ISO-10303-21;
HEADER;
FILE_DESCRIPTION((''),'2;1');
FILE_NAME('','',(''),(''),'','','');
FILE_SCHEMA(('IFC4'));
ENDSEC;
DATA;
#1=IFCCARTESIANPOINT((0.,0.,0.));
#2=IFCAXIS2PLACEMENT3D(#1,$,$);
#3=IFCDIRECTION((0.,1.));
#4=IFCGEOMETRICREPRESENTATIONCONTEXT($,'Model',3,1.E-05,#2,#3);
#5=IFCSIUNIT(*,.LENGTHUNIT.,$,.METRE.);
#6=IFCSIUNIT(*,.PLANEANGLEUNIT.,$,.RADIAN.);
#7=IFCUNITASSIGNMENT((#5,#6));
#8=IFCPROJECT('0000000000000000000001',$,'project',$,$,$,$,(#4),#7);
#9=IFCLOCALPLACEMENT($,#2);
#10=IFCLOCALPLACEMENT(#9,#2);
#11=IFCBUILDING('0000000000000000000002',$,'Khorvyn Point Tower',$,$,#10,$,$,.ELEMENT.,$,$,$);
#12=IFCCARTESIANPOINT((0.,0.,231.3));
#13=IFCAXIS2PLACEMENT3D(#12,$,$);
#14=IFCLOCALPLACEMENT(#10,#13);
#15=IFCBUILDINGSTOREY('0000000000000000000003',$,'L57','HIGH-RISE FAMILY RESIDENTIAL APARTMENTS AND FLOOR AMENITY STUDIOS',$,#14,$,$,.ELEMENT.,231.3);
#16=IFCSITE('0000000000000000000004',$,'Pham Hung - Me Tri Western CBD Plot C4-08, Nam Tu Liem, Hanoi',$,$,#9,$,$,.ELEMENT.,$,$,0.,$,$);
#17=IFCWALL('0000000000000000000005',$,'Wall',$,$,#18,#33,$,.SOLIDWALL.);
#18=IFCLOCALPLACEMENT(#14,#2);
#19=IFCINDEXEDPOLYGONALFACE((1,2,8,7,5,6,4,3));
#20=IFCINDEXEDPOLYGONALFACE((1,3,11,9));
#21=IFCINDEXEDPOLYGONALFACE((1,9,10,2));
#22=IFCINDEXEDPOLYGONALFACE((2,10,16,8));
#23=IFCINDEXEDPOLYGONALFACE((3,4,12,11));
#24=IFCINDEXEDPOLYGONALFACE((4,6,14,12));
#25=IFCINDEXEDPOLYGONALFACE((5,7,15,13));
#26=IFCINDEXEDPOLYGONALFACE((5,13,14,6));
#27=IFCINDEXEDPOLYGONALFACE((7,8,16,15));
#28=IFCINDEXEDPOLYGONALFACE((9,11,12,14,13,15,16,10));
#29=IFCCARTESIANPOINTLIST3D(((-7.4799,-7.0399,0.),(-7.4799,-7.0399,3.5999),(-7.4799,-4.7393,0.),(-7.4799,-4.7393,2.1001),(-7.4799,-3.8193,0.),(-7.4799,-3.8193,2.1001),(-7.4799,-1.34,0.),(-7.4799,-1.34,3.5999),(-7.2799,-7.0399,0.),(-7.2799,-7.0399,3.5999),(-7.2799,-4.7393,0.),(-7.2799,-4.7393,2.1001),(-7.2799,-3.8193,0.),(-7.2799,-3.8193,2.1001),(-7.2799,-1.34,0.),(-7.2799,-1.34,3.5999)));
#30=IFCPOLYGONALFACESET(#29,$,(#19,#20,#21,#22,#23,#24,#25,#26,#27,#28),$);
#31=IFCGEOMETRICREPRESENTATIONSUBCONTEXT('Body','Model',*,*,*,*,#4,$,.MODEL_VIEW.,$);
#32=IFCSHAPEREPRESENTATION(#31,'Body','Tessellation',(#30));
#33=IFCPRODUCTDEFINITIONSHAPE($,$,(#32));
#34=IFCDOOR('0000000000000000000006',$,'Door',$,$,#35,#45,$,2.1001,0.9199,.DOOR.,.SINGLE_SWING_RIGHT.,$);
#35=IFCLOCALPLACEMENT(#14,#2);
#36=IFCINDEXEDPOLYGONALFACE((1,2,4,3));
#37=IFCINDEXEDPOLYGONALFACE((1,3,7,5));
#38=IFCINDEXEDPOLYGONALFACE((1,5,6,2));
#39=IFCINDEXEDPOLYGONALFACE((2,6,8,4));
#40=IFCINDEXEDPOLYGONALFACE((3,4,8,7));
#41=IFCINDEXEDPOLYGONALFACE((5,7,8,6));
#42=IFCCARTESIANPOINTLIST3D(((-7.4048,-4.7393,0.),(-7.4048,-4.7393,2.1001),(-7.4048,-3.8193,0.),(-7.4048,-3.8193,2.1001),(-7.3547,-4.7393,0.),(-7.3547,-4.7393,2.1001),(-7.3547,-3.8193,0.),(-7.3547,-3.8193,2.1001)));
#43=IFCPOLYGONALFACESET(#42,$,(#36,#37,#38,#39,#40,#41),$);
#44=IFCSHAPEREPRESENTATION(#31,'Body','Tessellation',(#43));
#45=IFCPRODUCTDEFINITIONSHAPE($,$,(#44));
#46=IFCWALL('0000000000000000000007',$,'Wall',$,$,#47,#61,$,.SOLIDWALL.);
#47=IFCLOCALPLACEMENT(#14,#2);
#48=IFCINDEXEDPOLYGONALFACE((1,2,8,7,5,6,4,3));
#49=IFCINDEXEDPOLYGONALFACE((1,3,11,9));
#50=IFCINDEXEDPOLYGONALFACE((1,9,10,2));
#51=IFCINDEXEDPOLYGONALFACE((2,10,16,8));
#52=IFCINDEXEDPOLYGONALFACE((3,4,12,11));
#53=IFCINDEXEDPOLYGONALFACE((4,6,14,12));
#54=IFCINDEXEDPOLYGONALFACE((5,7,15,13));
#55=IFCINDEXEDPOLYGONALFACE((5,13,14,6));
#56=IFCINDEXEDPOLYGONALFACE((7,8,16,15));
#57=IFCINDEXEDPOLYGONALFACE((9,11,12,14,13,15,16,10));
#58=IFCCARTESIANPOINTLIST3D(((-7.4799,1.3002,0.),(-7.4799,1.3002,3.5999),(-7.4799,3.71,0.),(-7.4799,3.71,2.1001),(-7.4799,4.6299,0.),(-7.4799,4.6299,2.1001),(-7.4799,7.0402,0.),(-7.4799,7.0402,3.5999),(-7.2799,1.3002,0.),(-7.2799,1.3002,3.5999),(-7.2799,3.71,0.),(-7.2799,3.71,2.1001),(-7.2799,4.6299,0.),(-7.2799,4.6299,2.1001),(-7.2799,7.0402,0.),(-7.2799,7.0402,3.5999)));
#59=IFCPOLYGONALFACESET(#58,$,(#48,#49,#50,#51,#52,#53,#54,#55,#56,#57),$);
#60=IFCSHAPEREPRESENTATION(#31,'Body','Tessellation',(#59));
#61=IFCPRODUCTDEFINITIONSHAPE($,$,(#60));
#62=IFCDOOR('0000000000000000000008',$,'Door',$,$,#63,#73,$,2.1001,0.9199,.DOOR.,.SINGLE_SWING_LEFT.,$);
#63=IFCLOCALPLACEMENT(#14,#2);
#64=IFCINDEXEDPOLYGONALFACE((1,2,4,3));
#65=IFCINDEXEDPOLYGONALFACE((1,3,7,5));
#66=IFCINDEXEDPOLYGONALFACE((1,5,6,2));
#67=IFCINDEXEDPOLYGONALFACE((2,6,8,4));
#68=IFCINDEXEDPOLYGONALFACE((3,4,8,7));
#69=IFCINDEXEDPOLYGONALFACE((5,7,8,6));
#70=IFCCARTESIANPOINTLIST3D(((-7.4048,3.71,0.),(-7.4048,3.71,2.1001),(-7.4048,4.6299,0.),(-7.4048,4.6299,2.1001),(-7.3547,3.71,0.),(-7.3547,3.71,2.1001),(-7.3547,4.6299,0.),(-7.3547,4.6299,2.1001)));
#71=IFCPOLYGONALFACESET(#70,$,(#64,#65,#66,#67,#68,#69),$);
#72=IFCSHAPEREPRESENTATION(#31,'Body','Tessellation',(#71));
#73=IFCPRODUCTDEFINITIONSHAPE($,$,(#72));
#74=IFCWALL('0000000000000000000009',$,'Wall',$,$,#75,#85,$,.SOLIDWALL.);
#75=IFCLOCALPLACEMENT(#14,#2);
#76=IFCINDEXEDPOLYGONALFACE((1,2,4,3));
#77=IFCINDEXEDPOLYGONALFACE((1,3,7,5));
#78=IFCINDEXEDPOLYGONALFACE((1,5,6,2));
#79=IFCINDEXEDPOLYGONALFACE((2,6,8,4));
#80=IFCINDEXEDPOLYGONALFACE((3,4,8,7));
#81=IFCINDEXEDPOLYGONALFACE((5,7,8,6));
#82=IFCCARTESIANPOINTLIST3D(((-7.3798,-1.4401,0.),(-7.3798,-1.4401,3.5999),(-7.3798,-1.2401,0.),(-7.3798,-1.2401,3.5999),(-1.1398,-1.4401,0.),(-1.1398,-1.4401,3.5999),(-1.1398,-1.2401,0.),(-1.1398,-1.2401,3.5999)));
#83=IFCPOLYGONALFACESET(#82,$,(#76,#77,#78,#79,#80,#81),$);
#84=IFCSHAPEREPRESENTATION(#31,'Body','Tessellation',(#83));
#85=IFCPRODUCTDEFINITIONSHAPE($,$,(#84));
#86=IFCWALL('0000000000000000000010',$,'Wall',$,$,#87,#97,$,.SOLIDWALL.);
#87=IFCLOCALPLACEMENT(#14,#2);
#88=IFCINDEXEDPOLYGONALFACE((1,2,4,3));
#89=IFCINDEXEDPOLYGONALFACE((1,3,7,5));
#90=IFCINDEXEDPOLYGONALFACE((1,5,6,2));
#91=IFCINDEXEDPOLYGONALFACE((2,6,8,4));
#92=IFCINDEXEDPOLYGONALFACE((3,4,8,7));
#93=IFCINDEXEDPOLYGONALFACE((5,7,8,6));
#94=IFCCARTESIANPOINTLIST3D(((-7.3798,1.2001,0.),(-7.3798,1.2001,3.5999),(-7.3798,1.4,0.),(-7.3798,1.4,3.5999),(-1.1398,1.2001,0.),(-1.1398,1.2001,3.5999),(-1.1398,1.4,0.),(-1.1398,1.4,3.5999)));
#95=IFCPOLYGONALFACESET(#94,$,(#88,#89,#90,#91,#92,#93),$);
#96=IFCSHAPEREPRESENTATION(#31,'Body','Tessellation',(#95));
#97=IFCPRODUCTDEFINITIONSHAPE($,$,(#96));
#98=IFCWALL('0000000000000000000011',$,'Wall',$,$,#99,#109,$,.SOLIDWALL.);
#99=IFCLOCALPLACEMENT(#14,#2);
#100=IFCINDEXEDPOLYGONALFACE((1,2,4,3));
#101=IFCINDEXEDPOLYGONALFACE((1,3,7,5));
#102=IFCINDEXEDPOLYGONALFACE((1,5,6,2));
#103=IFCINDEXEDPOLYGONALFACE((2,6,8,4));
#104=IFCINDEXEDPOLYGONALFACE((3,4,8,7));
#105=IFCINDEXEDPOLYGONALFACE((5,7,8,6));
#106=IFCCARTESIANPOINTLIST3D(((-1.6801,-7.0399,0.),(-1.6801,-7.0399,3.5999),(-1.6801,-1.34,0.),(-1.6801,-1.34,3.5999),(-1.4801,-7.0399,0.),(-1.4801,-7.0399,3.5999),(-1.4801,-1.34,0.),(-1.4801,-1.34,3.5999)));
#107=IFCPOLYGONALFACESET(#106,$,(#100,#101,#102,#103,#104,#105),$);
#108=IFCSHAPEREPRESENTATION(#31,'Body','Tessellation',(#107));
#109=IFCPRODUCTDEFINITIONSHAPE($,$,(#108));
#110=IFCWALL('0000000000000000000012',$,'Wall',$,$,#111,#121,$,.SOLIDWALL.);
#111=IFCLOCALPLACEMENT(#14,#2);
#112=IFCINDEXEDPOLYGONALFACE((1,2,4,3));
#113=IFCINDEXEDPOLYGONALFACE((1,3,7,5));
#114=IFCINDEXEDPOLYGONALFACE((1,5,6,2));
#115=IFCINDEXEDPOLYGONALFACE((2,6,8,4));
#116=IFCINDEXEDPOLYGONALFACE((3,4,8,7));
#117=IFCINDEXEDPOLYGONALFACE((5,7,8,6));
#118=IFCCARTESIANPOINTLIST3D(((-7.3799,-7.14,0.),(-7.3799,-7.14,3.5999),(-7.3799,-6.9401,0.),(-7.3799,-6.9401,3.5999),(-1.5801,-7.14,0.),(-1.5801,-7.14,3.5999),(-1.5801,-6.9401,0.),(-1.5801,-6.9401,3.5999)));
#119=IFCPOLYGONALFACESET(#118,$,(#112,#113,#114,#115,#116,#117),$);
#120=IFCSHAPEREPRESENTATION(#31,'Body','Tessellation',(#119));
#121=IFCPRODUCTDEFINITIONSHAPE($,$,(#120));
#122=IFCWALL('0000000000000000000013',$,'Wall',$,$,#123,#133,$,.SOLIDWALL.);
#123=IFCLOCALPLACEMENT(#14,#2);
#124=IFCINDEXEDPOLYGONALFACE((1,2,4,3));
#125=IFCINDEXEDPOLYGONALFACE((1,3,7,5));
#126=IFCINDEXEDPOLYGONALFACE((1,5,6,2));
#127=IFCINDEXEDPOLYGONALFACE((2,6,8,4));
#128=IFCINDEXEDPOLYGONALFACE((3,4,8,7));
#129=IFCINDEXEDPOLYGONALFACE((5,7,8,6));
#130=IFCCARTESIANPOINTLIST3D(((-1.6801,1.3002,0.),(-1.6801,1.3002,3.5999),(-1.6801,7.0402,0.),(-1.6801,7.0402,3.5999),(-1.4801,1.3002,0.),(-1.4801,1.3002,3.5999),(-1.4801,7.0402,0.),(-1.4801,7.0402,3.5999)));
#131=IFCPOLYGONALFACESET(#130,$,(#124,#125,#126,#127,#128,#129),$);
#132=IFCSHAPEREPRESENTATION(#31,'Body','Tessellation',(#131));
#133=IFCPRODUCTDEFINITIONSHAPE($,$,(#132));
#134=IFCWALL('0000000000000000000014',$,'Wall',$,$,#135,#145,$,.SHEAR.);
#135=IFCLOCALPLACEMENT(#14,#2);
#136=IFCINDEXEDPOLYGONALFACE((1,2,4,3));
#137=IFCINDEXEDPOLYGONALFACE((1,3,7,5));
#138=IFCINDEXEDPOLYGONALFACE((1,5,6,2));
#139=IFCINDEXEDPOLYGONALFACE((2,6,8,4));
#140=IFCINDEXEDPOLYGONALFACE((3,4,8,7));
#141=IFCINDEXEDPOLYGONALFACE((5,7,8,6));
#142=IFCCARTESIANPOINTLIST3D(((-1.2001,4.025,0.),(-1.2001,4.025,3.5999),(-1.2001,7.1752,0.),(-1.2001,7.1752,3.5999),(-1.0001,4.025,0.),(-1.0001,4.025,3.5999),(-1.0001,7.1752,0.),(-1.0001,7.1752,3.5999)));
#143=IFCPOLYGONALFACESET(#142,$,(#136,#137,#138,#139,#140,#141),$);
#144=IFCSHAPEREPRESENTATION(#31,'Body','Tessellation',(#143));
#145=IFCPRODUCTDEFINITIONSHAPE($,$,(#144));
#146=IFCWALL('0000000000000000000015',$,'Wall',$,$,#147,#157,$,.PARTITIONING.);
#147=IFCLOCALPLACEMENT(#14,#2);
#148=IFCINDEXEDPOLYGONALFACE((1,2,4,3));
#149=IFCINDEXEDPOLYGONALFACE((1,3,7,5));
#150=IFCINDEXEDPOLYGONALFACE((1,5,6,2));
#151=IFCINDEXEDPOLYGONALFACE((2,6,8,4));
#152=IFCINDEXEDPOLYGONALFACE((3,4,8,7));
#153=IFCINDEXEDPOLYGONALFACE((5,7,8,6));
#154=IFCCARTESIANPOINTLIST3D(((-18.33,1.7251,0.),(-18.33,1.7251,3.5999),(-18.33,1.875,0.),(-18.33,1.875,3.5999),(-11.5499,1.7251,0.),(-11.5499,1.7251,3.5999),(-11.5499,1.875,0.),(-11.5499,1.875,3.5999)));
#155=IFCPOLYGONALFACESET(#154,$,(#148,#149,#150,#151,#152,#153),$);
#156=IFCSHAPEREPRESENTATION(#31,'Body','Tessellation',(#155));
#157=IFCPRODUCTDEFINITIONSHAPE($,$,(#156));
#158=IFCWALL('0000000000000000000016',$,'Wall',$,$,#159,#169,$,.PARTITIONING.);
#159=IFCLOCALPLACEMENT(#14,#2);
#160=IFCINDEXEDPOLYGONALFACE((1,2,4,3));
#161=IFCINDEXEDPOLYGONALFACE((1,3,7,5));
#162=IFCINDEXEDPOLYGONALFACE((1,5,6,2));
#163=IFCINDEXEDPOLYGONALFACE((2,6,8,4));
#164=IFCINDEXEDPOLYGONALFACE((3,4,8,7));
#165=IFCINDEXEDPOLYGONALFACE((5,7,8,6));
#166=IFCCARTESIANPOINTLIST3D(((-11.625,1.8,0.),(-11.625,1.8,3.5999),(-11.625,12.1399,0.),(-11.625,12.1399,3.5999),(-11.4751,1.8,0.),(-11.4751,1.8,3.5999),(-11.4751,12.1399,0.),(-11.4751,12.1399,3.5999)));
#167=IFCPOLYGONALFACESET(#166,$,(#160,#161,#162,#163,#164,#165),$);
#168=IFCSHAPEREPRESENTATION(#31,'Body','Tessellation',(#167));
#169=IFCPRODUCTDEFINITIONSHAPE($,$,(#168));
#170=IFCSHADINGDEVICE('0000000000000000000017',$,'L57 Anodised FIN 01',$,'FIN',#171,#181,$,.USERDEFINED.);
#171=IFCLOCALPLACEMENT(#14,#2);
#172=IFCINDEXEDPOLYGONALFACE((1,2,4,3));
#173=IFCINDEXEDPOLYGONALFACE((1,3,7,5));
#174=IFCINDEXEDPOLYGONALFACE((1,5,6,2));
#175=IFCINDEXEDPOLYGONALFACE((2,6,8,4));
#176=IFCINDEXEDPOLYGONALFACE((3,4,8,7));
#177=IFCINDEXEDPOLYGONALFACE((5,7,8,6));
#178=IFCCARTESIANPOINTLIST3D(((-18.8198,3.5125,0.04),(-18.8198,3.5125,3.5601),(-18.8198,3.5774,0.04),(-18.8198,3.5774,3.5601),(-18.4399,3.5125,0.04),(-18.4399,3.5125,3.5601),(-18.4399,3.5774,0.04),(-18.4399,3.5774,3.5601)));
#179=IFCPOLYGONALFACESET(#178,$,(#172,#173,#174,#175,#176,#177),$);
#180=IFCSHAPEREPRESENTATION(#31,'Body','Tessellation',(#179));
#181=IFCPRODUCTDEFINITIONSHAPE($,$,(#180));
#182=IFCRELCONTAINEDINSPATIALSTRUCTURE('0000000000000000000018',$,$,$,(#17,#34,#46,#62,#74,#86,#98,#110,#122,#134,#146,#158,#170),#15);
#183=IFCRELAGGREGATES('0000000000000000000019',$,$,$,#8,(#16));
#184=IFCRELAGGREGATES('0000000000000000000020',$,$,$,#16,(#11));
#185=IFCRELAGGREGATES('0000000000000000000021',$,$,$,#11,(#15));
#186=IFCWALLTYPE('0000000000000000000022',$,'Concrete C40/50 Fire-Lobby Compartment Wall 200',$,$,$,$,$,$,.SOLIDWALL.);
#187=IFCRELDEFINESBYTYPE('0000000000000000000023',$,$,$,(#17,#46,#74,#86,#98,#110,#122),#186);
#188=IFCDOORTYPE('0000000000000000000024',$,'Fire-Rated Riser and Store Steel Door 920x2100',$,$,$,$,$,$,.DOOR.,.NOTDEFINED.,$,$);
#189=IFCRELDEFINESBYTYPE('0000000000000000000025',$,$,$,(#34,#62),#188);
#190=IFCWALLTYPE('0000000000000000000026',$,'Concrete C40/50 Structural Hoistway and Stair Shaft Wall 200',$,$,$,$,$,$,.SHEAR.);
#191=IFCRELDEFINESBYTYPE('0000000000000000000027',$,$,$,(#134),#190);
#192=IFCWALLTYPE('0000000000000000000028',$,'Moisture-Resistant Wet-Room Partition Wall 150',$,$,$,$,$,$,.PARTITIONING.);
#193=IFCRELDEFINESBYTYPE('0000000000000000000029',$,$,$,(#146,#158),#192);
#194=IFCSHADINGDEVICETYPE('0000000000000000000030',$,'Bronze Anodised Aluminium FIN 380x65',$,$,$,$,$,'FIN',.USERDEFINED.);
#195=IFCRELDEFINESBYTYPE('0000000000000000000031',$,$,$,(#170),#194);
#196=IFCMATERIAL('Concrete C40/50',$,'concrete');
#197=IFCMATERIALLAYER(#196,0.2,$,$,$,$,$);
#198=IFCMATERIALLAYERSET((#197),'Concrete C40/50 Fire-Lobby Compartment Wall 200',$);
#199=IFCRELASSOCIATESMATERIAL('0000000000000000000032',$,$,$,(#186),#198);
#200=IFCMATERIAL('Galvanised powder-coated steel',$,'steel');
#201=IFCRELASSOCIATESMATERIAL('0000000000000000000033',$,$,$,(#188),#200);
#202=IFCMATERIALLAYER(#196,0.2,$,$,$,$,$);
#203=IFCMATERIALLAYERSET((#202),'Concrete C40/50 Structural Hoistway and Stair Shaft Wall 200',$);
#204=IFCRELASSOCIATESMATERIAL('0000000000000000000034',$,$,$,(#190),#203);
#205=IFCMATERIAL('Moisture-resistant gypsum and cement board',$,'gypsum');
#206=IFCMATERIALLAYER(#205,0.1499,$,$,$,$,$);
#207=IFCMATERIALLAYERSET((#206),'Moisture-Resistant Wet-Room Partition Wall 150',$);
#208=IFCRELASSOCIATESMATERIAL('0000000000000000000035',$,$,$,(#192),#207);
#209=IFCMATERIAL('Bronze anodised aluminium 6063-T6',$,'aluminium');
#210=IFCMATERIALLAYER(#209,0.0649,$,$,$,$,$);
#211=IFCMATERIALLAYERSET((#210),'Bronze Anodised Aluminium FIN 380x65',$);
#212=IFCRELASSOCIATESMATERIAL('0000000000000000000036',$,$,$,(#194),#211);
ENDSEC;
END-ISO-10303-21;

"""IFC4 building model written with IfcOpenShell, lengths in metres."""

from ifc_helpers import new_model, si_unit, direction, frame, frame_2d, origin, origin_2d, place, context, subcontext, project, spatial, rectangle, extrude, material, layer, layer_set, type_object, element, fill, save


model = new_model("IFC4")

# Units and contexts
model_context = context("Model", 3, precision=1e-05, world=origin(), true_north=direction((0.0, 1.0)))
body_context = subcontext(model_context, "Body", "Model", "MODEL_VIEW")
ifc_project = project(units=[si_unit("LENGTHUNIT", "METRE"), si_unit("PLANEANGLEUNIT", "RADIAN")], contexts=[model_context])

# Site, building, storey
site_placement = place(None, origin())
site = spatial("IfcSite", under=ifc_project, at=site_placement, Name="Pham Hung - Me Tri Western CBD Plot C4-08, Nam Tu Liem, Hanoi", CompositionType="ELEMENT", RefElevation=0.0)
building_placement = place(site_placement, origin())
building = spatial("IfcBuilding", under=site, at=building_placement, Name="Khorvyn Point Tower", CompositionType="ELEMENT")
storey_placement = place(building_placement, frame((0.0, 0.0, 231.3)))
storey = spatial("IfcBuildingStorey", under=building, at=storey_placement, Name="L57", Description="HIGH-RISE FAMILY RESIDENTIAL APARTMENTS AND FLOOR AMENITY STUDIOS", CompositionType="ELEMENT", Elevation=231.3)

# Shared definitions
ifc_material_1 = material(Name="Concrete C40/50", Category="concrete")

# Walls, openings, doors
ifc_layer_1 = layer(ifc_material_1, 0.2)
ifc_layer_set_1 = layer_set([ifc_layer_1], Name="Concrete C40/50 Fire-Lobby Compartment Wall 200")
wall_type_1 = type_object("IfcWallType", Name="Concrete C40/50 Fire-Lobby Compartment Wall 200", PredefinedType="SOLIDWALL", material=ifc_layer_set_1)
wall_1_placement = place(storey_placement, frame((-7.3799, -7.04, 0.0), z_axis=(0.0, 0.0, 1.0), x_axis=(0.0, 1.0, 0.0)))
wall_1 = element("IfcWall", 1, at=wall_1_placement, inside=storey, type_object=wall_type_1, Name="Wall", PredefinedType="SOLIDWALL", context=body_context, shape_type="SweptSolid", body=[
    extrude(rectangle(XDim=5.7, YDim=0.2, at=frame_2d((2.8501, 0.0))), origin(), (0.0, 0.0, 1.0), 3.5999),
])
opening_1_placement = place(wall_1_placement, frame((2.3008, 0.0, 0.0)))
opening_1 = element("IfcOpeningElement", 2, at=opening_1_placement, cuts=wall_1, PredefinedType="OPENING", context=body_context, shape_type="SweptSolid", body=[
    extrude(rectangle(XDim=0.9199, YDim=2.1001, at=frame_2d((0.46, 1.05))), frame((0.0, 0.1099, 0.0), z_axis=(0.0, -1.0, 0.0), x_axis=(1.0, 0.0, 0.0)), (0.0, 0.0, 1.0), 0.22),
])
ifc_material_2 = material(Name="Galvanised powder-coated steel", Category="steel")
door_type_1 = type_object("IfcDoorType", Name="Fire-Rated Riser and Store Steel Door 920x2100", OperationType="NOTDEFINED", PredefinedType="DOOR", material=ifc_material_2)
door_1_placement = place(opening_1_placement, origin())
door_1 = element("IfcDoor", 3, at=door_1_placement, inside=storey, type_object=door_type_1, Name="Door", OperationType="SINGLE_SWING_RIGHT", OverallHeight=2.1001, OverallWidth=0.9199, PredefinedType="DOOR", context=body_context, shape_type="SweptSolid", body=[
    extrude(rectangle(XDim=0.9199, YDim=2.1001, at=frame_2d((0.46, 1.05))), frame((0.0, 0.0249, 0.0), z_axis=(0.0, -1.0, 0.0), x_axis=(1.0, 0.0, 0.0)), (0.0, 0.0, 1.0), 0.05),
])
fill(opening_1, door_1)
wall_2_placement = place(storey_placement, frame((-7.3799, 1.3, 0.0), z_axis=(0.0, 0.0, 1.0), x_axis=(0.0, 1.0, 0.0)))
wall_2 = element("IfcWall", 4, at=wall_2_placement, inside=storey, type_object=wall_type_1, Name="Wall", PredefinedType="SOLIDWALL", context=body_context, shape_type="SweptSolid", body=[
    extrude(rectangle(XDim=5.74, YDim=0.2, at=frame_2d((2.8701, 0.0))), origin(), (0.0, 0.0, 1.0), 3.5999),
])
opening_2_placement = place(wall_2_placement, frame((2.4099, 0.0, 0.0)))
opening_2 = element("IfcOpeningElement", 5, at=opening_2_placement, cuts=wall_2, PredefinedType="OPENING", context=body_context, shape_type="SweptSolid", body=[
    extrude(rectangle(XDim=0.9199, YDim=2.1001, at=frame_2d((0.46, 1.05))), frame((0.0, 0.1099, 0.0), z_axis=(0.0, -1.0, 0.0), x_axis=(1.0, 0.0, 0.0)), (0.0, 0.0, 1.0), 0.22),
])
door_2_placement = place(opening_2_placement, origin())
door_2 = element("IfcDoor", 6, at=door_2_placement, inside=storey, type_object=door_type_1, Name="Door", OperationType="SINGLE_SWING_LEFT", OverallHeight=2.1001, OverallWidth=0.9199, PredefinedType="DOOR", context=body_context, shape_type="SweptSolid", body=[
    extrude(rectangle(XDim=0.9199, YDim=2.1001, at=frame_2d((0.46, 1.05))), frame((0.0, 0.0249, 0.0), z_axis=(0.0, -1.0, 0.0), x_axis=(1.0, 0.0, 0.0)), (0.0, 0.0, 1.0), 0.05),
])
fill(opening_2, door_2)

# Walls
for number, where, z_axis, x_axis, name in (
    (7, (-7.3799, -1.3401, 0.0), (0.0, 0.0, 1.0), (1.0, 0.0, 0.0), "Wall"),
    (8, (-7.3799, 1.3, 0.0), (0.0, 0.0, 1.0), (1.0, 0.0, 0.0), "Wall"),
):
    element("IfcWall", number, at=place(storey_placement, frame(where, z_axis=z_axis, x_axis=x_axis)), inside=storey, type_object=wall_type_1, Name=name, PredefinedType="SOLIDWALL", context=body_context, shape_type="SweptSolid", body=[
        extrude(rectangle(XDim=6.24, YDim=0.2, at=frame_2d((3.1201, 0.0))), origin(), (0.0, 0.0, 1.0), 3.5999),
    ])
wall_3_placement = place(storey_placement, frame((-1.5801, -7.04, 0.0), z_axis=(0.0, 0.0, 1.0), x_axis=(0.0, 1.0, 0.0)))
element("IfcWall", 9, at=wall_3_placement, inside=storey, type_object=wall_type_1, Name="Wall", PredefinedType="SOLIDWALL", context=body_context, shape_type="SweptSolid", body=[
    extrude(rectangle(XDim=5.7, YDim=0.2, at=frame_2d((2.8501, 0.0))), origin(), (0.0, 0.0, 1.0), 3.5999),
])
wall_4_placement = place(storey_placement, frame((-7.3799, -7.04, 0.0), z_axis=(0.0, 0.0, 1.0), x_axis=(1.0, 0.0, 0.0)))
element("IfcWall", 10, at=wall_4_placement, inside=storey, type_object=wall_type_1, Name="Wall", PredefinedType="SOLIDWALL", context=body_context, shape_type="SweptSolid", body=[
    extrude(rectangle(XDim=5.7998, YDim=0.2, at=frame_2d((2.8999, 0.0))), origin(), (0.0, 0.0, 1.0), 3.5999),
])
wall_5_placement = place(storey_placement, frame((-1.5801, 1.3, 0.0), z_axis=(0.0, 0.0, 1.0), x_axis=(0.0, 1.0, 0.0)))
element("IfcWall", 11, at=wall_5_placement, inside=storey, type_object=wall_type_1, Name="Wall", PredefinedType="SOLIDWALL", context=body_context, shape_type="SweptSolid", body=[
    extrude(rectangle(XDim=5.74, YDim=0.2, at=frame_2d((2.8701, 0.0))), origin(), (0.0, 0.0, 1.0), 3.5999),
])
ifc_layer_2 = layer(ifc_material_1, 0.2)
ifc_layer_set_2 = layer_set([ifc_layer_2], Name="Concrete C40/50 Structural Hoistway and Stair Shaft Wall 200")
wall_type_2 = type_object("IfcWallType", Name="Concrete C40/50 Structural Hoistway and Stair Shaft Wall 200", PredefinedType="SHEAR", material=ifc_layer_set_2)
wall_6_placement = place(storey_placement, frame((-1.1001, 4.0249, 0.0), z_axis=(0.0, 0.0, 1.0), x_axis=(0.0, 1.0, 0.0)))
element("IfcWall", 12, at=wall_6_placement, inside=storey, type_object=wall_type_2, Name="Wall", PredefinedType="SHEAR", context=body_context, shape_type="SweptSolid", body=[
    extrude(rectangle(XDim=3.1501, YDim=0.2, at=frame_2d((1.5752, 0.0))), origin(), (0.0, 0.0, 1.0), 3.5999),
])
ifc_material_3 = material(Name="Moisture-resistant gypsum and cement board", Category="gypsum")
ifc_layer_3 = layer(ifc_material_3, 0.1499)
ifc_layer_set_3 = layer_set([ifc_layer_3], Name="Moisture-Resistant Wet-Room Partition Wall 150")
wall_type_3 = type_object("IfcWallType", Name="Moisture-Resistant Wet-Room Partition Wall 150", PredefinedType="PARTITIONING", material=ifc_layer_set_3)
wall_7_placement = place(storey_placement, frame((-18.3301, 1.8, 0.0), z_axis=(0.0, 0.0, 1.0), x_axis=(1.0, 0.0, 0.0)))
element("IfcWall", 13, at=wall_7_placement, inside=storey, type_object=wall_type_3, Name="Wall", PredefinedType="PARTITIONING", context=body_context, shape_type="SweptSolid", body=[
    extrude(rectangle(XDim=6.78, YDim=0.1499, at=frame_2d((3.3901, 0.0))), origin(), (0.0, 0.0, 1.0), 3.5999),
])
wall_8_placement = place(storey_placement, frame((-11.55, 1.8, 0.0), z_axis=(0.0, 0.0, 1.0), x_axis=(0.0, 1.0, 0.0)))
element("IfcWall", 14, at=wall_8_placement, inside=storey, type_object=wall_type_3, Name="Wall", PredefinedType="PARTITIONING", context=body_context, shape_type="SweptSolid", body=[
    extrude(rectangle(XDim=10.3398, YDim=0.1499, at=frame_2d((5.1699, 0.0))), origin(), (0.0, 0.0, 1.0), 3.5999),
])

# Shading device
ifc_material_4 = material(Name="Bronze anodised aluminium 6063-T6", Category="aluminium")
ifc_layer_4 = layer(ifc_material_4, 0.0649)
ifc_layer_set_4 = layer_set([ifc_layer_4], Name="Bronze Anodised Aluminium FIN 380x65")
shading_device_type = type_object("IfcShadingDeviceType", Name="Bronze Anodised Aluminium FIN 380x65", ElementType="FIN", PredefinedType="USERDEFINED", material=ifc_layer_set_4)
shading_device_placement = place(storey_placement, frame((-18.6299, 3.5449, 0.04), z_axis=(0.0, 0.0, 1.0), x_axis=(-1.0, 0.0, 0.0)))
element("IfcShadingDevice", 15, at=shading_device_placement, inside=storey, type_object=shading_device_type, Name="L57 Anodised FIN 01", ObjectType="FIN", PredefinedType="USERDEFINED", context=body_context, shape_type="SweptSolid", body=[
    extrude(rectangle(XDim=0.3799, YDim=0.0649, at=origin_2d()), origin(), (0.0, 0.0, 1.0), 3.52),
])

save(model, "model.ifc")
